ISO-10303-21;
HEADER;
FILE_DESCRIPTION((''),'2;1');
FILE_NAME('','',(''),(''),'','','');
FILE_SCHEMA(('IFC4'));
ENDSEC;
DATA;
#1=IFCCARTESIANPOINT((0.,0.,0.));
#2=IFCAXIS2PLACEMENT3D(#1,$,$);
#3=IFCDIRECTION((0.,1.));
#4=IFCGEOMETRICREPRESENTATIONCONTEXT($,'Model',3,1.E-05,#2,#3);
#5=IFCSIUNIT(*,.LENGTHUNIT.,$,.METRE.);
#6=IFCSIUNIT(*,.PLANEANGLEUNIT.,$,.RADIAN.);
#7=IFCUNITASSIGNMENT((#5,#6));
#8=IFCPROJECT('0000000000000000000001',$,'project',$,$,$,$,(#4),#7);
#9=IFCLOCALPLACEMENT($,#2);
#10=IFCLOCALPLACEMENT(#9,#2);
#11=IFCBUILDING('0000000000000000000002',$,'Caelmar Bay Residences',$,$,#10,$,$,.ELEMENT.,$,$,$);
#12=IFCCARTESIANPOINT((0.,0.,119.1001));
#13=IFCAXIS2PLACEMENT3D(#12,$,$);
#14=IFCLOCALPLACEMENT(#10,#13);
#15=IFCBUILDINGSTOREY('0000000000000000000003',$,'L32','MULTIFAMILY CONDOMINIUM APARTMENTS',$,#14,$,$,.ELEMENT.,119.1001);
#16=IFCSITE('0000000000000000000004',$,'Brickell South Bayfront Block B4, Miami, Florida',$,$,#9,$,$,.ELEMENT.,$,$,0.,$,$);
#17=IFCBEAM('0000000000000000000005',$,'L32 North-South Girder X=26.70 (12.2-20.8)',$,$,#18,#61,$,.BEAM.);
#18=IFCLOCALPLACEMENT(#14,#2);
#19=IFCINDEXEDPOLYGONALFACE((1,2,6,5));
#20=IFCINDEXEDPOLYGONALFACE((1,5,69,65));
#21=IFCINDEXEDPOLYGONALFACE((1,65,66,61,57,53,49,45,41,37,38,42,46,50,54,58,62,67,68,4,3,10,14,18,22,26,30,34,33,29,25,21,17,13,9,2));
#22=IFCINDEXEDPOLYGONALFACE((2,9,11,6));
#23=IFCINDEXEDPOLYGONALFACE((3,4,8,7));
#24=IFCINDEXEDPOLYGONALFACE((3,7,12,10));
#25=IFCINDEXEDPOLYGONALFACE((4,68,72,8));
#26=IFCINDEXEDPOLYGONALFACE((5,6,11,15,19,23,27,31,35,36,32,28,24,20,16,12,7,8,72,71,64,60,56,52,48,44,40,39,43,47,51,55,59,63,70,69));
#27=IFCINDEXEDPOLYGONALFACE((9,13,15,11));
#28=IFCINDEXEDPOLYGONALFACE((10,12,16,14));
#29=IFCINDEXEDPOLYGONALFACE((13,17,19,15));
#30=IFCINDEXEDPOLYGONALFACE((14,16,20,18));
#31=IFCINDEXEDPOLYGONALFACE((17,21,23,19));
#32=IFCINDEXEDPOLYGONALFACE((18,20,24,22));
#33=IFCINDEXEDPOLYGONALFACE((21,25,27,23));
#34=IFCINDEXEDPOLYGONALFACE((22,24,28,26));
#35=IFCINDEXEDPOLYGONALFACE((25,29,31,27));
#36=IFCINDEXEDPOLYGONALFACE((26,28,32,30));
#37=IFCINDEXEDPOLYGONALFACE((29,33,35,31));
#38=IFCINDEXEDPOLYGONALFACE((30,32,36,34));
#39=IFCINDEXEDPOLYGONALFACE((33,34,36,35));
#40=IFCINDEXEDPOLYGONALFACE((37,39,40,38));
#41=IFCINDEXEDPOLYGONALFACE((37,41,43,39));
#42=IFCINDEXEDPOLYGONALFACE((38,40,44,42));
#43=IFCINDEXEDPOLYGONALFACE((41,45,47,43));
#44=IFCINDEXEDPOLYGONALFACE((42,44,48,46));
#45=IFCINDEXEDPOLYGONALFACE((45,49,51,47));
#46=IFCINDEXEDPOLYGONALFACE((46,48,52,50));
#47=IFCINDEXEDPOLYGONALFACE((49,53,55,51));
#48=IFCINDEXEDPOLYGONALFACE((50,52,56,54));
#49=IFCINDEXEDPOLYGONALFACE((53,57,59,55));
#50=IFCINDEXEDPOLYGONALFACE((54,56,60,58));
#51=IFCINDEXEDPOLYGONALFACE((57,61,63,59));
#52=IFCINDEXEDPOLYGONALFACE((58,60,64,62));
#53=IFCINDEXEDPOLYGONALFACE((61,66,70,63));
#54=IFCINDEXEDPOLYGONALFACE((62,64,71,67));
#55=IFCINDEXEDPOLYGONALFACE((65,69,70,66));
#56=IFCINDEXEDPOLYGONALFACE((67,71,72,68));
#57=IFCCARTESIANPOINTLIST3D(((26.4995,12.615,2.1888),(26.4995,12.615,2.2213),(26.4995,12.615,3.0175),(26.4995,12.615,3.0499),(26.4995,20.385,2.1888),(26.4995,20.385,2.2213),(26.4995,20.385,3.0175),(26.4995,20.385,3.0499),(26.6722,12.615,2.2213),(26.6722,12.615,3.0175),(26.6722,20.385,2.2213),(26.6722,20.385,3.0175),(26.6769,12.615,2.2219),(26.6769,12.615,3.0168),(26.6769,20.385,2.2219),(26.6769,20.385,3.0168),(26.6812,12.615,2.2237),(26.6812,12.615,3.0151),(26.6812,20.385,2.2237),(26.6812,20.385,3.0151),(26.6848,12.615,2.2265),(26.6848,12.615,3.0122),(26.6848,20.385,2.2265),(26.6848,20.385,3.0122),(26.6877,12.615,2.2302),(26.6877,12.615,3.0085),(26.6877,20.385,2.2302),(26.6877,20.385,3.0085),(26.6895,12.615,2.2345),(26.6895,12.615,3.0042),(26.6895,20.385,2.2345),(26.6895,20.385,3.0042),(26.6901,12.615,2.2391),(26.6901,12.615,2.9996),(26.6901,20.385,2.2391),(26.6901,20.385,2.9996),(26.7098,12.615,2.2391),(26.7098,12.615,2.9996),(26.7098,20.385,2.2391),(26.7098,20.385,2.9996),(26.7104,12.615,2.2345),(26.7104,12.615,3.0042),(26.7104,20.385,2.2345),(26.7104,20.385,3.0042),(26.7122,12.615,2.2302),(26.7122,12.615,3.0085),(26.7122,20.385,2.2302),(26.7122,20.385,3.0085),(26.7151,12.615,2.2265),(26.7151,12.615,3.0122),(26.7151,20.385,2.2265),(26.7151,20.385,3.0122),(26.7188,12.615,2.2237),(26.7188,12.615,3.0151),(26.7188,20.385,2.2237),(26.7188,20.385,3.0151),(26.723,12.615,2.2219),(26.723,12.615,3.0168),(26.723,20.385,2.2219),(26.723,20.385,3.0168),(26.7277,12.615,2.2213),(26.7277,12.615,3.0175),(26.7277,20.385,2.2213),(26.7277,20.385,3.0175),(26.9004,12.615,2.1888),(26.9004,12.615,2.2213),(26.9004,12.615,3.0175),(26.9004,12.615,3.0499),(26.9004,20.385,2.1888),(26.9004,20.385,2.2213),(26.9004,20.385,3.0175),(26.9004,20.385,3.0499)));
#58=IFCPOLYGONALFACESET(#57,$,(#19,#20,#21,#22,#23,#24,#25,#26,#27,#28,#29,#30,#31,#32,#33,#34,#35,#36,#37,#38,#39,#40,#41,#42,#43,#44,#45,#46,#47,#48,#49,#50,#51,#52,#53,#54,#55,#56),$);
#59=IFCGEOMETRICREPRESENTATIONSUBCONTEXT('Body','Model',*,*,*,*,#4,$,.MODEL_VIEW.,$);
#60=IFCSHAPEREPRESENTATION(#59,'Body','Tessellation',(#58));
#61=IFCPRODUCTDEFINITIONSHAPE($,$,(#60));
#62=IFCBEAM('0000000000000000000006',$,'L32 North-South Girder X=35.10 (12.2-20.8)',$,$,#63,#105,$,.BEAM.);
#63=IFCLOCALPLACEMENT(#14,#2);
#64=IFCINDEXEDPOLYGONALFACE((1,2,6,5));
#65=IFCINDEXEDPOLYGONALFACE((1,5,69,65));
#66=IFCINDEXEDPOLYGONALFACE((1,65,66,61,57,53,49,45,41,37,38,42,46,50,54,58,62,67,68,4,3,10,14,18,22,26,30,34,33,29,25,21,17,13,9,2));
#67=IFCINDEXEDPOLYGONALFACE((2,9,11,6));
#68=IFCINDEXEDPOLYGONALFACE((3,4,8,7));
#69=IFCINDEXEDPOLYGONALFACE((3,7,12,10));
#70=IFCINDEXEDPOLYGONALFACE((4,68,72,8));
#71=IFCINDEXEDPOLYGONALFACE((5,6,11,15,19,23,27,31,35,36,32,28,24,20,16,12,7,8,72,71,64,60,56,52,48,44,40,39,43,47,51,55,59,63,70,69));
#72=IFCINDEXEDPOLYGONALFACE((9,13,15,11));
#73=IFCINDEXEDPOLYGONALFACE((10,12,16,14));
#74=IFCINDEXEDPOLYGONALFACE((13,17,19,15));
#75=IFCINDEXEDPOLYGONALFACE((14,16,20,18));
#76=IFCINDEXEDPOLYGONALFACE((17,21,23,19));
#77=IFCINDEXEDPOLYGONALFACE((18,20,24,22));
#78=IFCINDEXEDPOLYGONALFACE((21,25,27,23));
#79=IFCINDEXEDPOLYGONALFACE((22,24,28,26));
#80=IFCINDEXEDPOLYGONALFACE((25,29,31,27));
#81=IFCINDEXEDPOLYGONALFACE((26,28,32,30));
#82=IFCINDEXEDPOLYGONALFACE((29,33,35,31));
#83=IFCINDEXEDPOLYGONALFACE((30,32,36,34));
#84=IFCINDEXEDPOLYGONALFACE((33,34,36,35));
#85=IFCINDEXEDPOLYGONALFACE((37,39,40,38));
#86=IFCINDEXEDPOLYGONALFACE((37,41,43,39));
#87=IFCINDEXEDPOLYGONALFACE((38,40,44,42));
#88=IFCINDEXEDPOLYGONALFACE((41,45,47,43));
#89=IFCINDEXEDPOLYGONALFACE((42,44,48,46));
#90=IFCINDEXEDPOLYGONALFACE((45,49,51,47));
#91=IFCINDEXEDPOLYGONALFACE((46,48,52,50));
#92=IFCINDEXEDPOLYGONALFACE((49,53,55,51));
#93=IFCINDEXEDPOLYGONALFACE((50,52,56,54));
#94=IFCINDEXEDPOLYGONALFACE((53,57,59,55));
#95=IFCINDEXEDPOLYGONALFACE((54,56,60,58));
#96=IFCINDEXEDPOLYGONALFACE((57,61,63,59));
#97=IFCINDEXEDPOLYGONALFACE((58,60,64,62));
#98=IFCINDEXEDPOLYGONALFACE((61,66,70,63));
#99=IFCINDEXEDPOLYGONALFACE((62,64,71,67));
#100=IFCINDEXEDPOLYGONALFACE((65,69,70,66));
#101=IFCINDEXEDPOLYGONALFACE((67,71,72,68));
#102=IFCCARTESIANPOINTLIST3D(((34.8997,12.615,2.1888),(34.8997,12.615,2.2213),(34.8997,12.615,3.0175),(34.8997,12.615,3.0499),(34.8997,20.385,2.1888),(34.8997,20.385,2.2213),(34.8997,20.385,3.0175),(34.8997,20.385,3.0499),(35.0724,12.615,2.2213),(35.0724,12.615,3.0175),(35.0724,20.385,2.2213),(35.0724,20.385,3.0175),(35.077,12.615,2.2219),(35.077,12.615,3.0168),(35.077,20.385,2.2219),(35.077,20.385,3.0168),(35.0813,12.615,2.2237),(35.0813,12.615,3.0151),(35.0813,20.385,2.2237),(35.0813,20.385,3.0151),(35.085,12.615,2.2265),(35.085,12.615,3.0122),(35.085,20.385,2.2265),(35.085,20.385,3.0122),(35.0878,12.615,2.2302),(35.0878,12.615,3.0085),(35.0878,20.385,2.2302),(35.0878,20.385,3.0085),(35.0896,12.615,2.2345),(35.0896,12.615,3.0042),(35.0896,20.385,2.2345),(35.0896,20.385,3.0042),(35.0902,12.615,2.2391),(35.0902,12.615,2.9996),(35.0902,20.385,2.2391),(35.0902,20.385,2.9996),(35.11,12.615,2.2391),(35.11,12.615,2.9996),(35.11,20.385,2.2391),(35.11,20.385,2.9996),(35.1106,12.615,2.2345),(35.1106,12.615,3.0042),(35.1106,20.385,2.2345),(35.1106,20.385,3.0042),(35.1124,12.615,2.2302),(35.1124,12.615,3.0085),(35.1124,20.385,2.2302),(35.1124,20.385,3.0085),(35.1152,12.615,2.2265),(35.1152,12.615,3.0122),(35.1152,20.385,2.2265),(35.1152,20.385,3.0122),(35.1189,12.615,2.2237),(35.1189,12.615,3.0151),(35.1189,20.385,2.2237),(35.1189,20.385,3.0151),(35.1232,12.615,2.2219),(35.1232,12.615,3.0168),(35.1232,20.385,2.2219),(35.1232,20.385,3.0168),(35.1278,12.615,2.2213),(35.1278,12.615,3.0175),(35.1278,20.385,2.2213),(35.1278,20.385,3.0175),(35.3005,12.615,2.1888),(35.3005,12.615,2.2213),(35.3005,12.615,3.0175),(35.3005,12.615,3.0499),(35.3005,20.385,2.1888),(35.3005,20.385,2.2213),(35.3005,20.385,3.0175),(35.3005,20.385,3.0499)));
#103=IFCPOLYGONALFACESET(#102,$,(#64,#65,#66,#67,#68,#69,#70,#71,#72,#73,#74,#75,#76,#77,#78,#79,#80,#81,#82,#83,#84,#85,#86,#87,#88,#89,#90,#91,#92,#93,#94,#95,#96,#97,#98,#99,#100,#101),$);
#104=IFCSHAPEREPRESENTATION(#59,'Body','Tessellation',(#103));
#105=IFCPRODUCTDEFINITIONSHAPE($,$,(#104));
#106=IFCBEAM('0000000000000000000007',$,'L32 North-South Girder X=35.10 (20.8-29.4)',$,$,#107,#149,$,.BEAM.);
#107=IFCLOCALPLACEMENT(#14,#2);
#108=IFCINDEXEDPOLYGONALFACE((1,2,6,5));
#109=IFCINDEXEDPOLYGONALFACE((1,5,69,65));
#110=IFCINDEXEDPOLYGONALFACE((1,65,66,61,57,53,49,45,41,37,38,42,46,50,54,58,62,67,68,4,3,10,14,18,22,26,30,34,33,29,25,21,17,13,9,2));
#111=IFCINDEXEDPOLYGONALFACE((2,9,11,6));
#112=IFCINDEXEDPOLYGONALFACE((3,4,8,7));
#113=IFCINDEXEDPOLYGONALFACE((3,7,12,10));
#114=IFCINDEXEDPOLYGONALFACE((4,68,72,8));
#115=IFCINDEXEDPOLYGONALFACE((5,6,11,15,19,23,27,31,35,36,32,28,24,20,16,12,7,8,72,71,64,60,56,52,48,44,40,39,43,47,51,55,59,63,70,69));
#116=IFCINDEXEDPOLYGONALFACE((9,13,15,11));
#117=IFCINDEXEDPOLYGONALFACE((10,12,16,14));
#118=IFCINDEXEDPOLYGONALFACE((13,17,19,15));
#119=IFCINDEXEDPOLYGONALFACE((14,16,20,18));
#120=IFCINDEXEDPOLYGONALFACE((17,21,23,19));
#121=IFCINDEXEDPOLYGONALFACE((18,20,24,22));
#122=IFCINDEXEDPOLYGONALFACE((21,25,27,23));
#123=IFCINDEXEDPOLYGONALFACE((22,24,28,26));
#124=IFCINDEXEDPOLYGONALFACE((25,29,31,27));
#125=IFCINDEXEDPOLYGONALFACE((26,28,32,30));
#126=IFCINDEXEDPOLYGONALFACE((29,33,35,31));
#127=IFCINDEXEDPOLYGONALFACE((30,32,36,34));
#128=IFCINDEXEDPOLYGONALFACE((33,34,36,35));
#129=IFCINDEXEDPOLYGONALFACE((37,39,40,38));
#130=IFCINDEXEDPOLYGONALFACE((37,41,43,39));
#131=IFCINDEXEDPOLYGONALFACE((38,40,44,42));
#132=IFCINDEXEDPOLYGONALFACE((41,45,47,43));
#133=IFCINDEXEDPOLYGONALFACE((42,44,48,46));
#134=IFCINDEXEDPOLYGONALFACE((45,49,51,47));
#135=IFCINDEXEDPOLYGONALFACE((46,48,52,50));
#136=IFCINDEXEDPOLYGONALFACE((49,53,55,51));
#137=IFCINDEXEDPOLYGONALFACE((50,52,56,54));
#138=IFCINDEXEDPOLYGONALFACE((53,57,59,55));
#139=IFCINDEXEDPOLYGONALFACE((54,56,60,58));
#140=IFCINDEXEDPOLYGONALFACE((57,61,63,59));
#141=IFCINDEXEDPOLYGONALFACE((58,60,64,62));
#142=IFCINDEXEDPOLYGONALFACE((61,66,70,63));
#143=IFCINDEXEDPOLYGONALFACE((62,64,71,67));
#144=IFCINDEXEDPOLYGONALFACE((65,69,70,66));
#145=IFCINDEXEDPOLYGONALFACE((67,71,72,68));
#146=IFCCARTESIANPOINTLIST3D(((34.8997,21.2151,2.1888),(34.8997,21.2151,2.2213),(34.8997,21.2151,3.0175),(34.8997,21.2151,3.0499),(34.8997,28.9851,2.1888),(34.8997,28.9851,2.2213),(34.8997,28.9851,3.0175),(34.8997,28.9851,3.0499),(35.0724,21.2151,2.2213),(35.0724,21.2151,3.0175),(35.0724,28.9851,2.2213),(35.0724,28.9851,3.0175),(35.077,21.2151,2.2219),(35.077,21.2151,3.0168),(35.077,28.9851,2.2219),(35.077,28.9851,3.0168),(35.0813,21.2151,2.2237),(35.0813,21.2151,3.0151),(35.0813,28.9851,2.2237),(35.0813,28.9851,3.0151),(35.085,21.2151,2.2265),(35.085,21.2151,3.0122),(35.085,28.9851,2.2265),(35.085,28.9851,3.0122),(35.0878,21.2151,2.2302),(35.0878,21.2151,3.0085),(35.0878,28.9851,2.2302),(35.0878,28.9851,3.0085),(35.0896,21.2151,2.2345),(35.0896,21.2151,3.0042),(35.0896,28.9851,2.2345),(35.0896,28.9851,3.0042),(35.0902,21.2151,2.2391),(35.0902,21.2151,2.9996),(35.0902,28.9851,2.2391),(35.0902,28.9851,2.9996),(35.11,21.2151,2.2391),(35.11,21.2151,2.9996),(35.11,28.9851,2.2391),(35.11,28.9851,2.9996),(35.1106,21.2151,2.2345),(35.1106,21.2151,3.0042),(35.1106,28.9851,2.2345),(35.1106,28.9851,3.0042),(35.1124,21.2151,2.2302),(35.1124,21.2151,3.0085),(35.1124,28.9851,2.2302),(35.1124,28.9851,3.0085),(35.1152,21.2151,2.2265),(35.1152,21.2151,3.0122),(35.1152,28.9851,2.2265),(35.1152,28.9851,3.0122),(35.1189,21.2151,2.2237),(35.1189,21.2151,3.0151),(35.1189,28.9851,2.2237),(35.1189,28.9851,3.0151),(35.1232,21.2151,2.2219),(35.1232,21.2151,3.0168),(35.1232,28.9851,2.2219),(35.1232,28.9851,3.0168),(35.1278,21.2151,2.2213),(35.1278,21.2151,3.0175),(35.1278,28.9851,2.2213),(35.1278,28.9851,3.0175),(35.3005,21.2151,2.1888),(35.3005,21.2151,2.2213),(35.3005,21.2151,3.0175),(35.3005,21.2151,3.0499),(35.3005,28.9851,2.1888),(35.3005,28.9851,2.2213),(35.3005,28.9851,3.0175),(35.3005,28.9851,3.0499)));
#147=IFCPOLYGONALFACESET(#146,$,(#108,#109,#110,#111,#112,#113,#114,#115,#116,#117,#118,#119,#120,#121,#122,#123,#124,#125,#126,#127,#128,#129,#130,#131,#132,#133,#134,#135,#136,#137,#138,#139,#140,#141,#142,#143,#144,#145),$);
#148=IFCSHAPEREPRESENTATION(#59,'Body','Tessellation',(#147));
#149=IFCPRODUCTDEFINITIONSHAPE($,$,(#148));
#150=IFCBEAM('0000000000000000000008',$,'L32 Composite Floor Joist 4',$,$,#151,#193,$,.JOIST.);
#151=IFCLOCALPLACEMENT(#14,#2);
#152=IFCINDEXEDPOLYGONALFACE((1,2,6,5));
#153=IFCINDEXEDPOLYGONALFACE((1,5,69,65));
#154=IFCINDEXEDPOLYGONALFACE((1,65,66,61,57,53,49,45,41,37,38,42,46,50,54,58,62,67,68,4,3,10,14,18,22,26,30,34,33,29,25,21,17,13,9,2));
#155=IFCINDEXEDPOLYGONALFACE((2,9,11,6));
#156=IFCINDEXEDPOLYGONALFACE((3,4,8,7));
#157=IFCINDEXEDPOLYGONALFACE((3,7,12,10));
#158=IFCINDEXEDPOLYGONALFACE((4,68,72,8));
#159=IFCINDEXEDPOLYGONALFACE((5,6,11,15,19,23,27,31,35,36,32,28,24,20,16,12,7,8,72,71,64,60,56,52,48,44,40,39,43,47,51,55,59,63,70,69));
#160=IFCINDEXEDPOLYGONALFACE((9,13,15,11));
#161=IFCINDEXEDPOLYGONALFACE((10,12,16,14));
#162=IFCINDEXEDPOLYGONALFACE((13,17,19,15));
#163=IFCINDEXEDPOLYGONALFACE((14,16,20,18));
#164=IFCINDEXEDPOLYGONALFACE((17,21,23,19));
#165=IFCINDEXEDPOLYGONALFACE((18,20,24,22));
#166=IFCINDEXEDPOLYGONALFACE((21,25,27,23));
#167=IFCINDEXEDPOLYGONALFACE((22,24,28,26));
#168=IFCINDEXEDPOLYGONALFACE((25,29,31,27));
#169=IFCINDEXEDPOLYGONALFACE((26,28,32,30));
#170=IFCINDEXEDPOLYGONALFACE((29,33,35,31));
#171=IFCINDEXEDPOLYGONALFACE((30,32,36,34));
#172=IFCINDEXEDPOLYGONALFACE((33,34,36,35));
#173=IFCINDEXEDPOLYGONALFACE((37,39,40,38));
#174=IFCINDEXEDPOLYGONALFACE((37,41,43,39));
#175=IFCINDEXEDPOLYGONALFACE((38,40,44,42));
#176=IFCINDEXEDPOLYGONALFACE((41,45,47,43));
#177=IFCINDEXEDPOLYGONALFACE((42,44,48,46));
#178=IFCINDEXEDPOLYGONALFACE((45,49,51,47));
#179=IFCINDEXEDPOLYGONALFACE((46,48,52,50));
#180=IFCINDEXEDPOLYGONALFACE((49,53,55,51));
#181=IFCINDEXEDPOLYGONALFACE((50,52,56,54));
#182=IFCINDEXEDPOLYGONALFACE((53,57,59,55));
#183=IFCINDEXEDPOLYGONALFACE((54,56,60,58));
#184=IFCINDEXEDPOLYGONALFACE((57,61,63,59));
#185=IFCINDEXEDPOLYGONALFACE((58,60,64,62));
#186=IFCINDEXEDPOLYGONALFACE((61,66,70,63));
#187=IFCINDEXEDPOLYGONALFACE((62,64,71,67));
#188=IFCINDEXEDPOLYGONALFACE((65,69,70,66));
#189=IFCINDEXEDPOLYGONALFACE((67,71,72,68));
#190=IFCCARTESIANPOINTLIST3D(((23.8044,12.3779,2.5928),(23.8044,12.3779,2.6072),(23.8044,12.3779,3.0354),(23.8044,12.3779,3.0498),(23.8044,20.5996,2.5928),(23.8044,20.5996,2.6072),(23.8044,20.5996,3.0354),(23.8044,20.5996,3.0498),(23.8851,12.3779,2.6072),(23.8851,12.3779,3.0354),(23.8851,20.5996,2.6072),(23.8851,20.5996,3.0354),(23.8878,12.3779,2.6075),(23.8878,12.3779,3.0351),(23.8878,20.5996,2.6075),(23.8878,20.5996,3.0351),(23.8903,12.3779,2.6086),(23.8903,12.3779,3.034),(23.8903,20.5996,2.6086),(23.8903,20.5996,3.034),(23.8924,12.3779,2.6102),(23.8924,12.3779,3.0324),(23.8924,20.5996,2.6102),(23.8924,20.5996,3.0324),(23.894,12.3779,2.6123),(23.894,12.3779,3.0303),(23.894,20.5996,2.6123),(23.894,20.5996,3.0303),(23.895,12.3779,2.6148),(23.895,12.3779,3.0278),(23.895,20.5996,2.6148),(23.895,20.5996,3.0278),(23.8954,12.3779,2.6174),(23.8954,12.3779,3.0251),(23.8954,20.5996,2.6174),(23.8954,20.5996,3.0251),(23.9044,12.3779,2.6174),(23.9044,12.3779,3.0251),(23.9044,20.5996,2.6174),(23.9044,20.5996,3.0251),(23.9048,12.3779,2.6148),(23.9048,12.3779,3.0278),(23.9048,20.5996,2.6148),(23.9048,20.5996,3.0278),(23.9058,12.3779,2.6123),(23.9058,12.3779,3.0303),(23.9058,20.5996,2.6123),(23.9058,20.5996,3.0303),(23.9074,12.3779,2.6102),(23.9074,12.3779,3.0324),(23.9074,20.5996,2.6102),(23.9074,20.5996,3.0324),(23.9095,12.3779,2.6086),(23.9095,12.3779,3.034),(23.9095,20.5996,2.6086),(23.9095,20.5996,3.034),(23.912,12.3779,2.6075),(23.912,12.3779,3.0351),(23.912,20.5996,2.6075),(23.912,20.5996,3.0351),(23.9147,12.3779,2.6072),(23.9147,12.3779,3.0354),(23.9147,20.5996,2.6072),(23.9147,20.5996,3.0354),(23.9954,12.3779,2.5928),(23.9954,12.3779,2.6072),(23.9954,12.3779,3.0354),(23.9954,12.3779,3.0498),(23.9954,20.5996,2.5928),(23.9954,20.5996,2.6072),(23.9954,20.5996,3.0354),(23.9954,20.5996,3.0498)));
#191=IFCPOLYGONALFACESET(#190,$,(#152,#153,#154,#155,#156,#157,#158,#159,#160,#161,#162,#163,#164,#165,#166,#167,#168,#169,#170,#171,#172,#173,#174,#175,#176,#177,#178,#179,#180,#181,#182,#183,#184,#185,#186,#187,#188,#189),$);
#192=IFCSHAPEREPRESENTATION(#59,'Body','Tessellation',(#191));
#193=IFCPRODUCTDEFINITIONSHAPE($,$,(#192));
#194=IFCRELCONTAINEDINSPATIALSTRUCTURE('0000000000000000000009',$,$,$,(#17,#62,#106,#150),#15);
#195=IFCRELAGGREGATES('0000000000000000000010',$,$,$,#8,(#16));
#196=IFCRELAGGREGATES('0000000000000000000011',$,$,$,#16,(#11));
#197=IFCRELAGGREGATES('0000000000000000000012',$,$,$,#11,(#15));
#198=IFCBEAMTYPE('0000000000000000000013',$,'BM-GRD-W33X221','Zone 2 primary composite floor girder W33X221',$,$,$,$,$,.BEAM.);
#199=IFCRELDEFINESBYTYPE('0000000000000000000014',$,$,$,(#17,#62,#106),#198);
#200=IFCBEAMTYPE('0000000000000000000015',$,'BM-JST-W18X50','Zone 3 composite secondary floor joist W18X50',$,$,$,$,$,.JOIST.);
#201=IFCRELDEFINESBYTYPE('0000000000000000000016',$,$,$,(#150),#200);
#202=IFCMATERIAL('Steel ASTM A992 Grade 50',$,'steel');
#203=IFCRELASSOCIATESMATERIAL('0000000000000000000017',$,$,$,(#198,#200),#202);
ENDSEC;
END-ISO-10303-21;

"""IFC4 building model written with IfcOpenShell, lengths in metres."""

from ifc_helpers import new_model, si_unit, direction, frame, origin, origin_2d, place, context, subcontext, project, spatial, i_section, extrude, material, material_profile, profile_set, type_object, element, save


model = new_model("IFC4")

# Units and contexts
model_context = context("Model", 3, precision=1e-05, world=origin(), true_north=direction((0.0, 1.0)))
body_context = subcontext(model_context, "Body", "Model", "MODEL_VIEW")
ifc_project = project(units=[si_unit("LENGTHUNIT", "METRE"), si_unit("PLANEANGLEUNIT", "RADIAN")], contexts=[model_context])

# Site, building, storey
site_placement = place(None, origin())
site = spatial("IfcSite", under=ifc_project, at=site_placement, Name="Brickell South Bayfront Block B4, Miami, Florida", CompositionType="ELEMENT", RefElevation=0.0)
building_placement = place(site_placement, origin())
building = spatial("IfcBuilding", under=site, at=building_placement, Name="Caelmar Bay Residences", CompositionType="ELEMENT")
storey_placement = place(building_placement, frame((0.0, 0.0, 119.1001)))
storey = spatial("IfcBuildingStorey", under=building, at=storey_placement, Name="L32", Description="MULTIFAMILY CONDOMINIUM APARTMENTS", CompositionType="ELEMENT", Elevation=119.1001)

# Beams
ifc_material_1 = material(Name="Steel ASTM A992 Grade 50", Category="steel")
ifc_material_profile_1 = material_profile(ifc_material_1, i_section(OverallWidth=0.4009, OverallDepth=0.8611, WebThickness=0.0198, FlangeThickness=0.0325, FilletRadius=0.0178, at=origin_2d()), Name="W33X221")
ifc_profile_set_1 = profile_set([ifc_material_profile_1], Name="Steel ASTM A992 Grade 50")
beam_type_1 = type_object("IfcBeamType", Name="BM-GRD-W33X221", Description="Zone 2 primary composite floor girder W33X221", PredefinedType="BEAM", material=ifc_profile_set_1)
for number, where, z_axis, x_axis, name in (
    (1, (26.7, 12.615, 2.6194), (0.0, 1.0, 0.0), (-1.0, 0.0, 0.0), "L32 North-South Girder X=26.70 (12.2-20.8)"),
    (2, (35.1001, 12.615, 2.6194), (0.0, 1.0, 0.0), (-1.0, 0.0, 0.0), "L32 North-South Girder X=35.10 (12.2-20.8)"),
    (3, (35.1001, 21.2151, 2.6194), (0.0, 1.0, 0.0), (-1.0, 0.0, 0.0), "L32 North-South Girder X=35.10 (20.8-29.4)"),
):
    element("IfcBeam", number, at=place(storey_placement, frame(where, z_axis=z_axis, x_axis=x_axis)), inside=storey, type_object=beam_type_1, Name=name, PredefinedType="BEAM", context=body_context, shape_type="SweptSolid", body=[
        extrude(i_section(OverallWidth=0.4009, OverallDepth=0.8611, WebThickness=0.0198, FlangeThickness=0.0325, FilletRadius=0.0178, at=origin_2d()), origin(), (0.0, 0.0, 1.0), 7.77),
    ])
ifc_material_profile_2 = material_profile(ifc_material_1, i_section(OverallWidth=0.1909, OverallDepth=0.457, WebThickness=0.009, FlangeThickness=0.0144, FilletRadius=0.0103, at=origin_2d()), Name="W18X50")
ifc_profile_set_2 = profile_set([ifc_material_profile_2], Name="Steel ASTM A992 Grade 50")
beam_type_2 = type_object("IfcBeamType", Name="BM-JST-W18X50", Description="Zone 3 composite secondary floor joist W18X50", PredefinedType="JOIST", material=ifc_profile_set_2)
for number, where, z_axis, x_axis, name in (
    (4, (23.8999, 12.3779, 2.8213), (0.0, 1.0, 0.0), (-1.0, 0.0, 0.0), "L32 Composite Floor Joist 4"),
):
    element("IfcBeam", number, at=place(storey_placement, frame(where, z_axis=z_axis, x_axis=x_axis)), inside=storey, type_object=beam_type_2, Name=name, PredefinedType="JOIST", context=body_context, shape_type="SweptSolid", body=[
        extrude(i_section(OverallWidth=0.1909, OverallDepth=0.457, WebThickness=0.009, FlangeThickness=0.0144, FilletRadius=0.0103, at=origin_2d()), origin(), (0.0, 0.0, 1.0), 8.2217),
    ])

save(model, "model.ifc")
